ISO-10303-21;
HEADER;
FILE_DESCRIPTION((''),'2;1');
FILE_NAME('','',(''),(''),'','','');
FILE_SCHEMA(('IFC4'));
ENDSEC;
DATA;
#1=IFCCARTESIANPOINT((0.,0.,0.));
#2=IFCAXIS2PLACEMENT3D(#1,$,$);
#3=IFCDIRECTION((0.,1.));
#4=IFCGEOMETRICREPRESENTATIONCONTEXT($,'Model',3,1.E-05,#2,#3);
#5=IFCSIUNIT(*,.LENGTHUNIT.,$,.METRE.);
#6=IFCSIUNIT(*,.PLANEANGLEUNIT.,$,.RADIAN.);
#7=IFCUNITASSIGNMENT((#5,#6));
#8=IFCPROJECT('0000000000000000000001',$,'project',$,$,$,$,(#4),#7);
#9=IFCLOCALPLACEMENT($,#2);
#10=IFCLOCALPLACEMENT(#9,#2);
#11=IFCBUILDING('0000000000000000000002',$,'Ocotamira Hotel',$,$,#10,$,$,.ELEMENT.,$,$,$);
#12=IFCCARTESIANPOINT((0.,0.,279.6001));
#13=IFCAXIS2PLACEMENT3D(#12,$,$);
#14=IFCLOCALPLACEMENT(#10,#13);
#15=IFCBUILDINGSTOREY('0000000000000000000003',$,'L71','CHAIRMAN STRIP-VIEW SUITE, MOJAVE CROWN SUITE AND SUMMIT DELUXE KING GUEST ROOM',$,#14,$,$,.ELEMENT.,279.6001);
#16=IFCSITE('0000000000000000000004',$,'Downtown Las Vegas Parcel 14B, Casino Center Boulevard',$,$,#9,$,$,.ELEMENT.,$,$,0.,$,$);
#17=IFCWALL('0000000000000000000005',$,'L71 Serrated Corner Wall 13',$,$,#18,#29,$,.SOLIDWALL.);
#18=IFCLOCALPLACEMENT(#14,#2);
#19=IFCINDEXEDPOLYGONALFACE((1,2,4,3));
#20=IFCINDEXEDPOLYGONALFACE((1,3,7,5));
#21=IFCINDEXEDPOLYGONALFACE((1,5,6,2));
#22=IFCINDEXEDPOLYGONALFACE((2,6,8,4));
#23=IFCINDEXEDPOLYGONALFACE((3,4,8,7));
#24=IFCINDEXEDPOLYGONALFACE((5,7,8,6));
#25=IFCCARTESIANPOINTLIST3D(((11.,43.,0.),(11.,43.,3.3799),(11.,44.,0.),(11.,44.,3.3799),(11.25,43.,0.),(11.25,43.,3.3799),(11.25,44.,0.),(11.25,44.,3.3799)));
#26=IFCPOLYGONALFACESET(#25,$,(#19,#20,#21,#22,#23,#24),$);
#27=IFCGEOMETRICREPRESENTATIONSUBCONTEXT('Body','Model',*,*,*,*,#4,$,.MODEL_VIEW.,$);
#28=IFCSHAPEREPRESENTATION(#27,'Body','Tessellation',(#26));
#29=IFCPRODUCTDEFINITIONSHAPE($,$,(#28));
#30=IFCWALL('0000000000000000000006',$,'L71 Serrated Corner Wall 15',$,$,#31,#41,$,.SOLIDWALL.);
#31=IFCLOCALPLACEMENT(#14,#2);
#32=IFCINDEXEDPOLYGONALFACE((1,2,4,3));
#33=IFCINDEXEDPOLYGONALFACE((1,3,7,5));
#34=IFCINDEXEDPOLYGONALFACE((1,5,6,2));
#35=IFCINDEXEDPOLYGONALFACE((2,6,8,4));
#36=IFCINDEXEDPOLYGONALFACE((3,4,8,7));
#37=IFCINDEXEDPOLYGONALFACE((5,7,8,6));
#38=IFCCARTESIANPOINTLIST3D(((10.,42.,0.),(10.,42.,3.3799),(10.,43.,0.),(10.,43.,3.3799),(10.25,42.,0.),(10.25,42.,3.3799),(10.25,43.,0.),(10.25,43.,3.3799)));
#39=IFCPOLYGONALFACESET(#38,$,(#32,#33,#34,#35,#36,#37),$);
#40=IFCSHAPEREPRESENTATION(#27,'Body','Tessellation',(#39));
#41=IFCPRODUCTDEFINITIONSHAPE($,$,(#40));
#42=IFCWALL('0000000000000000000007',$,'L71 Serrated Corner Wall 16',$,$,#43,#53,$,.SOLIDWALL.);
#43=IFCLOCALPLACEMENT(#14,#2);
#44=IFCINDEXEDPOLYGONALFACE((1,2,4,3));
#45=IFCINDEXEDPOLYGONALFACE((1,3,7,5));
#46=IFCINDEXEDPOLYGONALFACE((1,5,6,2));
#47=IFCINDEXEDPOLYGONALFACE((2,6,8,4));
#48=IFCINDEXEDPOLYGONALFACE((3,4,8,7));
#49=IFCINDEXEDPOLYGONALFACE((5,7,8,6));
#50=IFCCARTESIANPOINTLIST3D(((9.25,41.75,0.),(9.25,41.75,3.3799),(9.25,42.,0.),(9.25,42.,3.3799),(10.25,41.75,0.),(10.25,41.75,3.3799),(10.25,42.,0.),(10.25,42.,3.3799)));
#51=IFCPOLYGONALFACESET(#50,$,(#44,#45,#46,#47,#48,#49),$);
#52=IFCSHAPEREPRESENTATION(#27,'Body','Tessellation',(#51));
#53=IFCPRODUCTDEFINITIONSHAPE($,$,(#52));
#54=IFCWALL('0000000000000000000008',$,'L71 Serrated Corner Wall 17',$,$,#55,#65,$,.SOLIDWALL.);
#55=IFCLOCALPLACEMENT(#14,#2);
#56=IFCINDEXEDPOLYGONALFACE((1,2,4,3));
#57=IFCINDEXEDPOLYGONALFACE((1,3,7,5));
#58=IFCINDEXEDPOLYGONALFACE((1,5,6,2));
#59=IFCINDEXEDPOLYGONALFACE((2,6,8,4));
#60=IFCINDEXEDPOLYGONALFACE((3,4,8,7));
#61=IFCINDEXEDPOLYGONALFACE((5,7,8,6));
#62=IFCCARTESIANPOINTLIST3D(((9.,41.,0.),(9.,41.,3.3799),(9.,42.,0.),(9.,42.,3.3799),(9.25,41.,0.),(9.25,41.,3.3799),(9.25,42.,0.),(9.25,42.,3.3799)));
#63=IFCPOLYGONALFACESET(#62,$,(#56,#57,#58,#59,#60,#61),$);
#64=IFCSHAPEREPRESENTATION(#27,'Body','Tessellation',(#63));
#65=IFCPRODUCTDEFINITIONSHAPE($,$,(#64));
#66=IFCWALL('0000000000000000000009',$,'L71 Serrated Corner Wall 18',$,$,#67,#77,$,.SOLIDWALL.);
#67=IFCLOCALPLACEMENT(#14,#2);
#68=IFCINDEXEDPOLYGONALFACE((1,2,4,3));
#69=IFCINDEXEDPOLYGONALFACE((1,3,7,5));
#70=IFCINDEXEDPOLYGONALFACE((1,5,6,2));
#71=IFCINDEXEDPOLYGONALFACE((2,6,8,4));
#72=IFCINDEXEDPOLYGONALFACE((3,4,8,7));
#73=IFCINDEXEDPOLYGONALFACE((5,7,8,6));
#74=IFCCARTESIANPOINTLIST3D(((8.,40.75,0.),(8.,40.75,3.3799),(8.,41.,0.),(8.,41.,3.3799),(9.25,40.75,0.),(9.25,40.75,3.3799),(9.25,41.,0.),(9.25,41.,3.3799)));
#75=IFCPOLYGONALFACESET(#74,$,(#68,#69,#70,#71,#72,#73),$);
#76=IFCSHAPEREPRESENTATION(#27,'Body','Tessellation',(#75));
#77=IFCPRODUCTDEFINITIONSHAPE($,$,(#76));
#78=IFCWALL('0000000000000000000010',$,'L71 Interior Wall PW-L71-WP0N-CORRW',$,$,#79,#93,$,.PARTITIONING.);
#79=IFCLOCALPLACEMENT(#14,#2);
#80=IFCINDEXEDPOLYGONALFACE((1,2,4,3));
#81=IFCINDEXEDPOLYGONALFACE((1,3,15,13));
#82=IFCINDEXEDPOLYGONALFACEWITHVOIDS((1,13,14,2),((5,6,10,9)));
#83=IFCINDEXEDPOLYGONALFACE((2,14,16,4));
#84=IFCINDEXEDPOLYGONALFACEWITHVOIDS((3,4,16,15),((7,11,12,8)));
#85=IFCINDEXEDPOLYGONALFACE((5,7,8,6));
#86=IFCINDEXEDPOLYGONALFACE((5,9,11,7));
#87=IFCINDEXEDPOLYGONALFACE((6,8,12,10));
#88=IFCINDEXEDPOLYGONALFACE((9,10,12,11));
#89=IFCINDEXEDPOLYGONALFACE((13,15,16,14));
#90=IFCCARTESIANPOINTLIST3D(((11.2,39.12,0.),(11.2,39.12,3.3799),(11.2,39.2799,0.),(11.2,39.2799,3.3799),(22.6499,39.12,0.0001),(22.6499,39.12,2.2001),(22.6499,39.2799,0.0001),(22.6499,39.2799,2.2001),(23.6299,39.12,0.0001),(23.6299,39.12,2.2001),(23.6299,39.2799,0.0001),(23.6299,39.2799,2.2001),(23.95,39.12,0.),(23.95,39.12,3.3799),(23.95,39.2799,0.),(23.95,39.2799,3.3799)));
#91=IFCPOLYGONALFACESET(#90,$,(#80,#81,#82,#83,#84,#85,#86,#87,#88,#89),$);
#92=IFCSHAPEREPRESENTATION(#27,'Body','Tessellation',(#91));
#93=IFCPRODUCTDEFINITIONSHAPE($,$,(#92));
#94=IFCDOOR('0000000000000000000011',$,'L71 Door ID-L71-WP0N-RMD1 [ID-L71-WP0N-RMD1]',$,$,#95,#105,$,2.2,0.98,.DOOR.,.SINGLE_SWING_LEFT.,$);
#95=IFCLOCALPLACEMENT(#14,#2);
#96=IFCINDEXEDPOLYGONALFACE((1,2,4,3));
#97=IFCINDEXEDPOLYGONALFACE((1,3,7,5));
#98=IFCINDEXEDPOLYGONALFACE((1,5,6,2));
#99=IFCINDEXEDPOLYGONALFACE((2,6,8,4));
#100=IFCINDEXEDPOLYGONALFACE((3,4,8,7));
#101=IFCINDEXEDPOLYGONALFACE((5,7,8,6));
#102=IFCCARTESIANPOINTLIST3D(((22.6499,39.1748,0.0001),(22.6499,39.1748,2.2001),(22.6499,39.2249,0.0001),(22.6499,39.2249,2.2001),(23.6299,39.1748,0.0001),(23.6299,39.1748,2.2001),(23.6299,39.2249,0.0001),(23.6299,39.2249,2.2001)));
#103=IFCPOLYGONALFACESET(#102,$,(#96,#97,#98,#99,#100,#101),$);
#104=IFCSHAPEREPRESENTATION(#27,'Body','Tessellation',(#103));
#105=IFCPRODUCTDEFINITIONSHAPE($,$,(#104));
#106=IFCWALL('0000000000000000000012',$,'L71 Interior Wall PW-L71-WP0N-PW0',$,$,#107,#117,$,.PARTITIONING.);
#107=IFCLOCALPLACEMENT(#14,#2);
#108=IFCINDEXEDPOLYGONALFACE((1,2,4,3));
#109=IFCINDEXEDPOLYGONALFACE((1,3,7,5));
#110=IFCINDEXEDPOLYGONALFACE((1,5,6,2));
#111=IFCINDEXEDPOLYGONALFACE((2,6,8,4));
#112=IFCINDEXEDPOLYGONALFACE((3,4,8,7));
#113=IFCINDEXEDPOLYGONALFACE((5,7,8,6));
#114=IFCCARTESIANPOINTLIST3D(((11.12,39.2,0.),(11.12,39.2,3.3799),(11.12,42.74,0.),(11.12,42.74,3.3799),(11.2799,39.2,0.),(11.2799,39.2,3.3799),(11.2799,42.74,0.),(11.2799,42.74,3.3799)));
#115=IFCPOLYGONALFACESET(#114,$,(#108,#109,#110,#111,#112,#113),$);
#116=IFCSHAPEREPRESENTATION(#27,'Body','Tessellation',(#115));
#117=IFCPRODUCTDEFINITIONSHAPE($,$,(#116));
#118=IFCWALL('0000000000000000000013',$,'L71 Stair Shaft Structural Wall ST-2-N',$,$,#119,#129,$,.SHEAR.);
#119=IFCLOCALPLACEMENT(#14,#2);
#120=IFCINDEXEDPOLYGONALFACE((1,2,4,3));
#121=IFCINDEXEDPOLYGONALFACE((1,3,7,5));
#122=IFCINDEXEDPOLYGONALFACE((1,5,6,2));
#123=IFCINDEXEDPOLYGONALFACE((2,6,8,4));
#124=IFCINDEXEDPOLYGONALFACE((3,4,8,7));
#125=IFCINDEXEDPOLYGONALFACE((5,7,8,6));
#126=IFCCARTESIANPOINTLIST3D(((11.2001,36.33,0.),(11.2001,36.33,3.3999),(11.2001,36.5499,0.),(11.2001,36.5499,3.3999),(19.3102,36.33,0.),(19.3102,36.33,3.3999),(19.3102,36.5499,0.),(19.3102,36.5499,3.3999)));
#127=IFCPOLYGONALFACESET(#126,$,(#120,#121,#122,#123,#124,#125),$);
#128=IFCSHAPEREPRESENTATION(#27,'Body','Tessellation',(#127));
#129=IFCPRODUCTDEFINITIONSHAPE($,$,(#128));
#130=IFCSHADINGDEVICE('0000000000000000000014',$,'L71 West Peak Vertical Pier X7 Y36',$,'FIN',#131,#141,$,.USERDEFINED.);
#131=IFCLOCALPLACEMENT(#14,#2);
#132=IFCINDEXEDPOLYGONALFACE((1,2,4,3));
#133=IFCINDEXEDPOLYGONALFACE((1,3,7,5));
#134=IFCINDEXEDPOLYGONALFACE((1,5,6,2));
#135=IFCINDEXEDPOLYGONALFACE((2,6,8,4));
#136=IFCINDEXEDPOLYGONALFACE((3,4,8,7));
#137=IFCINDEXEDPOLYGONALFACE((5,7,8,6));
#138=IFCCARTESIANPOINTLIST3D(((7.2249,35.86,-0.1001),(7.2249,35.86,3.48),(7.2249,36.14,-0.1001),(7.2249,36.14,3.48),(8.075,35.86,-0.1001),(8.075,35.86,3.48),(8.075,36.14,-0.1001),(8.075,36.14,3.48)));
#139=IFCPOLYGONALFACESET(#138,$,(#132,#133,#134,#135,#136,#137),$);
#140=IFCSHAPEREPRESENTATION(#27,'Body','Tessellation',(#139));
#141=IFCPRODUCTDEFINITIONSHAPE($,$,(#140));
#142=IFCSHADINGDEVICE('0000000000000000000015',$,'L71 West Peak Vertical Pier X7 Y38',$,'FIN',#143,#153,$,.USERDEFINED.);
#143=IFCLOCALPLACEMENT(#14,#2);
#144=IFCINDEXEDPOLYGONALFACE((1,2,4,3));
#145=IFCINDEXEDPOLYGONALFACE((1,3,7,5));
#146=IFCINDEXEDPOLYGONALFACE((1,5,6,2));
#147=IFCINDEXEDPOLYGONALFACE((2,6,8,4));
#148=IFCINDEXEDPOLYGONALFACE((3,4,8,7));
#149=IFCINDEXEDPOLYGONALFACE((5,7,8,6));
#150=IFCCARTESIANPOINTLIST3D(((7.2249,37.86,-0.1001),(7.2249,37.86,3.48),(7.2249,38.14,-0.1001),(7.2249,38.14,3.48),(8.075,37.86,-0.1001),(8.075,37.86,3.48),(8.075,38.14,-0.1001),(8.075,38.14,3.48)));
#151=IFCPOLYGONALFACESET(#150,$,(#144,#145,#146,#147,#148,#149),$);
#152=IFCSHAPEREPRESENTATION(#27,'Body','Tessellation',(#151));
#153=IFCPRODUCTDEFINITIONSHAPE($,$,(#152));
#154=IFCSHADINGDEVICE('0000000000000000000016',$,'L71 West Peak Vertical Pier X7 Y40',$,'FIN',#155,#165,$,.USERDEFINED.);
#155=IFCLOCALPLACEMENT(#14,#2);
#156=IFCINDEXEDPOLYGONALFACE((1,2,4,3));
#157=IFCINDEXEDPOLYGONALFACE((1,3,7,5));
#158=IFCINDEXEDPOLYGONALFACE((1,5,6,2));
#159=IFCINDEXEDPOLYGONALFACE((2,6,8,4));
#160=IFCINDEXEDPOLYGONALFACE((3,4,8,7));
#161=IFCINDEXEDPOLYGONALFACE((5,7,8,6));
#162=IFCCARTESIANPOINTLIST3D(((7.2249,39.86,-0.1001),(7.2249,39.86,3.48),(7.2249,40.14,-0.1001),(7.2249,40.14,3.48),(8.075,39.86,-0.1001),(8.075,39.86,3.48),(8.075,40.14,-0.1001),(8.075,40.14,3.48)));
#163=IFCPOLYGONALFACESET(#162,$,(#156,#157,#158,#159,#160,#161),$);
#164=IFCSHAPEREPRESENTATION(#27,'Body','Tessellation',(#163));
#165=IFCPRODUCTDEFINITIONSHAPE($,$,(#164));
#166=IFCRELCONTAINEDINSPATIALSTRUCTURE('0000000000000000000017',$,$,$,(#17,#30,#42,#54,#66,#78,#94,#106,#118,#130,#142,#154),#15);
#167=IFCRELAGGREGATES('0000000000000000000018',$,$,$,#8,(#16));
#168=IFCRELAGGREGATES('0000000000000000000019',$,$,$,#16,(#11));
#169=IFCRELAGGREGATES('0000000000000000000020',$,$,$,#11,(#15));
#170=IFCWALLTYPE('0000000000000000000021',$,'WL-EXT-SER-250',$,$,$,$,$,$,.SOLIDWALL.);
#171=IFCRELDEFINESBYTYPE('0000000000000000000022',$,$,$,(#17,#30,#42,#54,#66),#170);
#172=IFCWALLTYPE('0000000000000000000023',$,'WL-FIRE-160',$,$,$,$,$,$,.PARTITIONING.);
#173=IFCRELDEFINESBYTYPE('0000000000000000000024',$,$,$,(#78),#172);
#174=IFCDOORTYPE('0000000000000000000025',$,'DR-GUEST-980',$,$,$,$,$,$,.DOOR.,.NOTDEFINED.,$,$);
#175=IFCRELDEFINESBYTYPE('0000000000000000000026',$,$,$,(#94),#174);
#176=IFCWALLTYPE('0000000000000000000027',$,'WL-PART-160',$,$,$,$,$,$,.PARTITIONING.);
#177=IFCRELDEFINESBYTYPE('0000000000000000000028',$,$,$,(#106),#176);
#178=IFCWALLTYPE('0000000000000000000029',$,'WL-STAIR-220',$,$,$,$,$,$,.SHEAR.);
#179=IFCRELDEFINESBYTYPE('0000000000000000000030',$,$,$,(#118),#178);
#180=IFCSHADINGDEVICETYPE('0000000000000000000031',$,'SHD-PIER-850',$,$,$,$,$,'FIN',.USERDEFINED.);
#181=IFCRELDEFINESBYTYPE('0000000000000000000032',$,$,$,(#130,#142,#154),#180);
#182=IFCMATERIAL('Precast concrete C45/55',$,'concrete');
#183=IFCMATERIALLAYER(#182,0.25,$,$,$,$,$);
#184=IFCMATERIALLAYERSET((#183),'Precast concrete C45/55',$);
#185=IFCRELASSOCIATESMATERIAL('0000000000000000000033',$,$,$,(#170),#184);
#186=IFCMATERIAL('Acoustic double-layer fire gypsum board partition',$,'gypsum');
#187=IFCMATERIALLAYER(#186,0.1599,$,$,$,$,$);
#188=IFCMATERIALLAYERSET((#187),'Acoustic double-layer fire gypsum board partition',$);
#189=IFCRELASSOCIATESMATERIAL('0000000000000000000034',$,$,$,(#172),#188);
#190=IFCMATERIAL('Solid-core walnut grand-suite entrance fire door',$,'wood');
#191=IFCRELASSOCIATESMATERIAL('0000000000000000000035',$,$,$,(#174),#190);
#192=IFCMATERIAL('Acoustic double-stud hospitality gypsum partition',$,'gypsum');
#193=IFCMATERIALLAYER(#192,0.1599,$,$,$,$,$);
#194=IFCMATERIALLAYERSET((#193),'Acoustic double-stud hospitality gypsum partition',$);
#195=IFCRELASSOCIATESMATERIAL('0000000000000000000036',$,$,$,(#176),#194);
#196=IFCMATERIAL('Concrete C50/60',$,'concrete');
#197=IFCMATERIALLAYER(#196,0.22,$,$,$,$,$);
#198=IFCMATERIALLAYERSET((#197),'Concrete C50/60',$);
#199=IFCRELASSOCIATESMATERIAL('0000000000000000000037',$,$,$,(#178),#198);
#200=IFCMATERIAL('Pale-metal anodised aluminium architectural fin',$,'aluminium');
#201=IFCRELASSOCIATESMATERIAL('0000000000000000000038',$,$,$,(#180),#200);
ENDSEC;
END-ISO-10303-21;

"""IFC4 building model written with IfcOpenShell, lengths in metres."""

from ifc_helpers import new_model, si_unit, direction, frame, frame_2d, origin, origin_2d, place, context, subcontext, project, spatial, rectangle, extrude, source, transform, mapped, material, layer, layer_set, type_object, element, fill, save


model = new_model("IFC4")

# Units and contexts
model_context = context("Model", 3, precision=1e-05, world=origin(), true_north=direction((0.0, 1.0)))
body_context = subcontext(model_context, "Body", "Model", "MODEL_VIEW")
ifc_project = project(units=[si_unit("LENGTHUNIT", "METRE"), si_unit("PLANEANGLEUNIT", "RADIAN")], contexts=[model_context])

# Site, building, storey
site_placement = place(None, origin())
site = spatial("IfcSite", under=ifc_project, at=site_placement, Name="Downtown Las Vegas Parcel 14B, Casino Center Boulevard", CompositionType="ELEMENT", RefElevation=0.0)
building_placement = place(site_placement, origin())
building = spatial("IfcBuilding", under=site, at=building_placement, Name="Ocotamira Hotel", CompositionType="ELEMENT")
storey_placement = place(building_placement, frame((0.0, 0.0, 279.6001)))
storey = spatial("IfcBuildingStorey", under=building, at=storey_placement, Name="L71", Description="CHAIRMAN STRIP-VIEW SUITE, MOJAVE CROWN SUITE AND SUMMIT DELUXE KING GUEST ROOM", CompositionType="ELEMENT", Elevation=279.6001)

# Shared definitions
ifc_material_1 = material(Name="Concrete C50/60", Category="concrete")

# Walls
ifc_material_2 = material(Name="Precast concrete C45/55", Category="concrete")
ifc_layer_1 = layer(ifc_material_2, 0.25)
ifc_layer_set_1 = layer_set([ifc_layer_1], Name="Precast concrete C45/55")
wall_type_1 = type_object("IfcWallType", Name="WL-EXT-SER-250", PredefinedType="SOLIDWALL", material=ifc_layer_set_1)
for number, where, z_axis, x_axis, name in (
    (1, (11.125, 44.0, 0.0), (0.0, 0.0, 1.0), (0.0, -1.0, 0.0), "L71 Serrated Corner Wall 13"),
    (2, (10.125, 43.0, 0.0), (0.0, 0.0, 1.0), (0.0, -1.0, 0.0), "L71 Serrated Corner Wall 15"),
    (3, (10.25, 41.875, 0.0), (0.0, 0.0, 1.0), (-1.0, 0.0, 0.0), "L71 Serrated Corner Wall 16"),
    (4, (9.125, 42.0, 0.0), (0.0, 0.0, 1.0), (0.0, -1.0, 0.0), "L71 Serrated Corner Wall 17"),
):
    element("IfcWall", number, at=place(storey_placement, frame(where, z_axis=z_axis, x_axis=x_axis)), inside=storey, type_object=wall_type_1, Name=name, PredefinedType="SOLIDWALL", context=body_context, shape_type="SweptSolid", body=[
        extrude(rectangle(XDim=1.0, YDim=0.25, at=frame_2d((0.5, 0.0))), origin(), (0.0, 0.0, 1.0), 3.3799),
    ])
wall_1_placement = place(storey_placement, frame((9.25, 40.875, 0.0), z_axis=(0.0, 0.0, 1.0), x_axis=(-1.0, 0.0, 0.0)))
element("IfcWall", 5, at=wall_1_placement, inside=storey, type_object=wall_type_1, Name="L71 Serrated Corner Wall 18", PredefinedType="SOLIDWALL", context=body_context, shape_type="SweptSolid", body=[
    extrude(rectangle(XDim=1.25, YDim=0.25, at=frame_2d((0.625, 0.0))), origin(), (0.0, 0.0, 1.0), 3.3799),
])

# Wall, opening, door
ifc_material_3 = material(Name="Acoustic double-layer fire gypsum board partition", Category="gypsum")
ifc_layer_2 = layer(ifc_material_3, 0.1599)
ifc_layer_set_2 = layer_set([ifc_layer_2], Name="Acoustic double-layer fire gypsum board partition")
wall_type_2 = type_object("IfcWallType", Name="WL-FIRE-160", PredefinedType="PARTITIONING", material=ifc_layer_set_2)
wall_2_placement = place(storey_placement, frame((11.2, 39.2, 0.0), z_axis=(0.0, 0.0, 1.0), x_axis=(1.0, 0.0, 0.0)))
wall_2 = element("IfcWall", 6, at=wall_2_placement, inside=storey, type_object=wall_type_2, Name="L71 Interior Wall PW-L71-WP0N-CORRW", PredefinedType="PARTITIONING", context=body_context, shape_type="SweptSolid", body=[
    extrude(rectangle(XDim=12.75, YDim=0.1599, at=frame_2d((6.375, 0.0))), origin(), (0.0, 0.0, 1.0), 3.3799),
])
opening_1_placement = place(wall_2_placement, frame((11.45, 0.0, 0.0)))
opening_1 = element("IfcOpeningElement", 7, at=opening_1_placement, cuts=wall_2, PredefinedType="OPENING", context=body_context, shape_type="SweptSolid", body=[
    extrude(rectangle(XDim=0.98, YDim=2.2, at=frame_2d((0.49, 1.1001))), frame((0.0, 0.0898, 0.0), z_axis=(0.0, -1.0, 0.0), x_axis=(1.0, 0.0, 0.0)), (0.0, 0.0, 1.0), 0.1799),
])
ifc_material_4 = material(Name="Solid-core walnut grand-suite entrance fire door", Category="wood")
door_type_1 = type_object("IfcDoorType", Name="DR-GUEST-980", OperationType="NOTDEFINED", PredefinedType="DOOR", material=ifc_material_4)
shared_shape_1 = source(origin(), body_context, "Body", "SweptSolid", [
    extrude(rectangle(XDim=0.98, YDim=2.2, at=frame_2d((0.49, 1.1001))), frame((0.0, 0.0249, 0.0), z_axis=(0.0, -1.0, 0.0), x_axis=(1.0, 0.0, 0.0)), (0.0, 0.0, 1.0), 0.05),
])
door_1_placement = place(opening_1_placement, origin())
door_1 = element("IfcDoor", 8, at=door_1_placement, inside=storey, type_object=door_type_1, Name="L71 Door ID-L71-WP0N-RMD1 [ID-L71-WP0N-RMD1]", OperationType="SINGLE_SWING_LEFT", OverallHeight=2.2, OverallWidth=0.98, PredefinedType="DOOR", context=body_context, shape_type="MappedRepresentation", body=[
    mapped(shared_shape_1, transform((0.0, 0.0, 0.0), scale=1.0)),
])
fill(opening_1, door_1)

# Walls
ifc_material_5 = material(Name="Acoustic double-stud hospitality gypsum partition", Category="gypsum")
ifc_layer_3 = layer(ifc_material_5, 0.1599)
ifc_layer_set_3 = layer_set([ifc_layer_3], Name="Acoustic double-stud hospitality gypsum partition")
wall_type_3 = type_object("IfcWallType", Name="WL-PART-160", PredefinedType="PARTITIONING", material=ifc_layer_set_3)
wall_3_placement = place(storey_placement, frame((11.2, 39.2, 0.0), z_axis=(0.0, 0.0, 1.0), x_axis=(0.0, 1.0, 0.0)))
element("IfcWall", 9, at=wall_3_placement, inside=storey, type_object=wall_type_3, Name="L71 Interior Wall PW-L71-WP0N-PW0", PredefinedType="PARTITIONING", context=body_context, shape_type="SweptSolid", body=[
    extrude(rectangle(XDim=3.54, YDim=0.1599, at=frame_2d((1.77, 0.0))), origin(), (0.0, 0.0, 1.0), 3.3799),
])
ifc_layer_4 = layer(ifc_material_1, 0.22)
ifc_layer_set_4 = layer_set([ifc_layer_4], Name="Concrete C50/60")
wall_type_4 = type_object("IfcWallType", Name="WL-STAIR-220", PredefinedType="SHEAR", material=ifc_layer_set_4)
wall_4_placement = place(storey_placement, frame((11.2, 36.4399, 0.0), z_axis=(0.0, 0.0, 1.0), x_axis=(1.0, 0.0, 0.0)))
element("IfcWall", 10, at=wall_4_placement, inside=storey, type_object=wall_type_4, Name="L71 Stair Shaft Structural Wall ST-2-N", PredefinedType="SHEAR", context=body_context, shape_type="SweptSolid", body=[
    extrude(rectangle(XDim=8.1101, YDim=0.22, at=frame_2d((4.0552, 0.0))), origin(), (0.0, 0.0, 1.0), 3.3999),
])

# Shading devices
ifc_material_6 = material(Name="Pale-metal anodised aluminium architectural fin", Category="aluminium")
shading_device_type = type_object("IfcShadingDeviceType", Name="SHD-PIER-850", ElementType="FIN", PredefinedType="USERDEFINED", material=ifc_material_6)
shared_shape_2 = source(origin(), body_context, "Body", "SweptSolid", [
    extrude(rectangle(XDim=0.8501, YDim=0.28, at=origin_2d()), origin(), (0.0, 0.0, 1.0), 3.5801),
])
for number, where, z_axis, x_axis, name in (
    (11, (7.6499, 36.0, -0.1001), (0.0, 0.0, 1.0), (1.0, 0.0, 0.0), "L71 West Peak Vertical Pier X7 Y36"),
    (12, (7.6499, 38.0, -0.1001), (0.0, 0.0, 1.0), (1.0, 0.0, 0.0), "L71 West Peak Vertical Pier X7 Y38"),
    (13, (7.6499, 40.0, -0.1001), (0.0, 0.0, 1.0), (1.0, 0.0, 0.0), "L71 West Peak Vertical Pier X7 Y40"),
):
    element("IfcShadingDevice", number, at=place(storey_placement, frame(where, z_axis=z_axis, x_axis=x_axis)), inside=storey, type_object=shading_device_type, Name=name, ObjectType="FIN", PredefinedType="USERDEFINED", context=body_context, shape_type="MappedRepresentation", body=[
        mapped(shared_shape_2, transform((0.0, 0.0, 0.0), scale=1.0)),
    ])

save(model, "model.ifc")
